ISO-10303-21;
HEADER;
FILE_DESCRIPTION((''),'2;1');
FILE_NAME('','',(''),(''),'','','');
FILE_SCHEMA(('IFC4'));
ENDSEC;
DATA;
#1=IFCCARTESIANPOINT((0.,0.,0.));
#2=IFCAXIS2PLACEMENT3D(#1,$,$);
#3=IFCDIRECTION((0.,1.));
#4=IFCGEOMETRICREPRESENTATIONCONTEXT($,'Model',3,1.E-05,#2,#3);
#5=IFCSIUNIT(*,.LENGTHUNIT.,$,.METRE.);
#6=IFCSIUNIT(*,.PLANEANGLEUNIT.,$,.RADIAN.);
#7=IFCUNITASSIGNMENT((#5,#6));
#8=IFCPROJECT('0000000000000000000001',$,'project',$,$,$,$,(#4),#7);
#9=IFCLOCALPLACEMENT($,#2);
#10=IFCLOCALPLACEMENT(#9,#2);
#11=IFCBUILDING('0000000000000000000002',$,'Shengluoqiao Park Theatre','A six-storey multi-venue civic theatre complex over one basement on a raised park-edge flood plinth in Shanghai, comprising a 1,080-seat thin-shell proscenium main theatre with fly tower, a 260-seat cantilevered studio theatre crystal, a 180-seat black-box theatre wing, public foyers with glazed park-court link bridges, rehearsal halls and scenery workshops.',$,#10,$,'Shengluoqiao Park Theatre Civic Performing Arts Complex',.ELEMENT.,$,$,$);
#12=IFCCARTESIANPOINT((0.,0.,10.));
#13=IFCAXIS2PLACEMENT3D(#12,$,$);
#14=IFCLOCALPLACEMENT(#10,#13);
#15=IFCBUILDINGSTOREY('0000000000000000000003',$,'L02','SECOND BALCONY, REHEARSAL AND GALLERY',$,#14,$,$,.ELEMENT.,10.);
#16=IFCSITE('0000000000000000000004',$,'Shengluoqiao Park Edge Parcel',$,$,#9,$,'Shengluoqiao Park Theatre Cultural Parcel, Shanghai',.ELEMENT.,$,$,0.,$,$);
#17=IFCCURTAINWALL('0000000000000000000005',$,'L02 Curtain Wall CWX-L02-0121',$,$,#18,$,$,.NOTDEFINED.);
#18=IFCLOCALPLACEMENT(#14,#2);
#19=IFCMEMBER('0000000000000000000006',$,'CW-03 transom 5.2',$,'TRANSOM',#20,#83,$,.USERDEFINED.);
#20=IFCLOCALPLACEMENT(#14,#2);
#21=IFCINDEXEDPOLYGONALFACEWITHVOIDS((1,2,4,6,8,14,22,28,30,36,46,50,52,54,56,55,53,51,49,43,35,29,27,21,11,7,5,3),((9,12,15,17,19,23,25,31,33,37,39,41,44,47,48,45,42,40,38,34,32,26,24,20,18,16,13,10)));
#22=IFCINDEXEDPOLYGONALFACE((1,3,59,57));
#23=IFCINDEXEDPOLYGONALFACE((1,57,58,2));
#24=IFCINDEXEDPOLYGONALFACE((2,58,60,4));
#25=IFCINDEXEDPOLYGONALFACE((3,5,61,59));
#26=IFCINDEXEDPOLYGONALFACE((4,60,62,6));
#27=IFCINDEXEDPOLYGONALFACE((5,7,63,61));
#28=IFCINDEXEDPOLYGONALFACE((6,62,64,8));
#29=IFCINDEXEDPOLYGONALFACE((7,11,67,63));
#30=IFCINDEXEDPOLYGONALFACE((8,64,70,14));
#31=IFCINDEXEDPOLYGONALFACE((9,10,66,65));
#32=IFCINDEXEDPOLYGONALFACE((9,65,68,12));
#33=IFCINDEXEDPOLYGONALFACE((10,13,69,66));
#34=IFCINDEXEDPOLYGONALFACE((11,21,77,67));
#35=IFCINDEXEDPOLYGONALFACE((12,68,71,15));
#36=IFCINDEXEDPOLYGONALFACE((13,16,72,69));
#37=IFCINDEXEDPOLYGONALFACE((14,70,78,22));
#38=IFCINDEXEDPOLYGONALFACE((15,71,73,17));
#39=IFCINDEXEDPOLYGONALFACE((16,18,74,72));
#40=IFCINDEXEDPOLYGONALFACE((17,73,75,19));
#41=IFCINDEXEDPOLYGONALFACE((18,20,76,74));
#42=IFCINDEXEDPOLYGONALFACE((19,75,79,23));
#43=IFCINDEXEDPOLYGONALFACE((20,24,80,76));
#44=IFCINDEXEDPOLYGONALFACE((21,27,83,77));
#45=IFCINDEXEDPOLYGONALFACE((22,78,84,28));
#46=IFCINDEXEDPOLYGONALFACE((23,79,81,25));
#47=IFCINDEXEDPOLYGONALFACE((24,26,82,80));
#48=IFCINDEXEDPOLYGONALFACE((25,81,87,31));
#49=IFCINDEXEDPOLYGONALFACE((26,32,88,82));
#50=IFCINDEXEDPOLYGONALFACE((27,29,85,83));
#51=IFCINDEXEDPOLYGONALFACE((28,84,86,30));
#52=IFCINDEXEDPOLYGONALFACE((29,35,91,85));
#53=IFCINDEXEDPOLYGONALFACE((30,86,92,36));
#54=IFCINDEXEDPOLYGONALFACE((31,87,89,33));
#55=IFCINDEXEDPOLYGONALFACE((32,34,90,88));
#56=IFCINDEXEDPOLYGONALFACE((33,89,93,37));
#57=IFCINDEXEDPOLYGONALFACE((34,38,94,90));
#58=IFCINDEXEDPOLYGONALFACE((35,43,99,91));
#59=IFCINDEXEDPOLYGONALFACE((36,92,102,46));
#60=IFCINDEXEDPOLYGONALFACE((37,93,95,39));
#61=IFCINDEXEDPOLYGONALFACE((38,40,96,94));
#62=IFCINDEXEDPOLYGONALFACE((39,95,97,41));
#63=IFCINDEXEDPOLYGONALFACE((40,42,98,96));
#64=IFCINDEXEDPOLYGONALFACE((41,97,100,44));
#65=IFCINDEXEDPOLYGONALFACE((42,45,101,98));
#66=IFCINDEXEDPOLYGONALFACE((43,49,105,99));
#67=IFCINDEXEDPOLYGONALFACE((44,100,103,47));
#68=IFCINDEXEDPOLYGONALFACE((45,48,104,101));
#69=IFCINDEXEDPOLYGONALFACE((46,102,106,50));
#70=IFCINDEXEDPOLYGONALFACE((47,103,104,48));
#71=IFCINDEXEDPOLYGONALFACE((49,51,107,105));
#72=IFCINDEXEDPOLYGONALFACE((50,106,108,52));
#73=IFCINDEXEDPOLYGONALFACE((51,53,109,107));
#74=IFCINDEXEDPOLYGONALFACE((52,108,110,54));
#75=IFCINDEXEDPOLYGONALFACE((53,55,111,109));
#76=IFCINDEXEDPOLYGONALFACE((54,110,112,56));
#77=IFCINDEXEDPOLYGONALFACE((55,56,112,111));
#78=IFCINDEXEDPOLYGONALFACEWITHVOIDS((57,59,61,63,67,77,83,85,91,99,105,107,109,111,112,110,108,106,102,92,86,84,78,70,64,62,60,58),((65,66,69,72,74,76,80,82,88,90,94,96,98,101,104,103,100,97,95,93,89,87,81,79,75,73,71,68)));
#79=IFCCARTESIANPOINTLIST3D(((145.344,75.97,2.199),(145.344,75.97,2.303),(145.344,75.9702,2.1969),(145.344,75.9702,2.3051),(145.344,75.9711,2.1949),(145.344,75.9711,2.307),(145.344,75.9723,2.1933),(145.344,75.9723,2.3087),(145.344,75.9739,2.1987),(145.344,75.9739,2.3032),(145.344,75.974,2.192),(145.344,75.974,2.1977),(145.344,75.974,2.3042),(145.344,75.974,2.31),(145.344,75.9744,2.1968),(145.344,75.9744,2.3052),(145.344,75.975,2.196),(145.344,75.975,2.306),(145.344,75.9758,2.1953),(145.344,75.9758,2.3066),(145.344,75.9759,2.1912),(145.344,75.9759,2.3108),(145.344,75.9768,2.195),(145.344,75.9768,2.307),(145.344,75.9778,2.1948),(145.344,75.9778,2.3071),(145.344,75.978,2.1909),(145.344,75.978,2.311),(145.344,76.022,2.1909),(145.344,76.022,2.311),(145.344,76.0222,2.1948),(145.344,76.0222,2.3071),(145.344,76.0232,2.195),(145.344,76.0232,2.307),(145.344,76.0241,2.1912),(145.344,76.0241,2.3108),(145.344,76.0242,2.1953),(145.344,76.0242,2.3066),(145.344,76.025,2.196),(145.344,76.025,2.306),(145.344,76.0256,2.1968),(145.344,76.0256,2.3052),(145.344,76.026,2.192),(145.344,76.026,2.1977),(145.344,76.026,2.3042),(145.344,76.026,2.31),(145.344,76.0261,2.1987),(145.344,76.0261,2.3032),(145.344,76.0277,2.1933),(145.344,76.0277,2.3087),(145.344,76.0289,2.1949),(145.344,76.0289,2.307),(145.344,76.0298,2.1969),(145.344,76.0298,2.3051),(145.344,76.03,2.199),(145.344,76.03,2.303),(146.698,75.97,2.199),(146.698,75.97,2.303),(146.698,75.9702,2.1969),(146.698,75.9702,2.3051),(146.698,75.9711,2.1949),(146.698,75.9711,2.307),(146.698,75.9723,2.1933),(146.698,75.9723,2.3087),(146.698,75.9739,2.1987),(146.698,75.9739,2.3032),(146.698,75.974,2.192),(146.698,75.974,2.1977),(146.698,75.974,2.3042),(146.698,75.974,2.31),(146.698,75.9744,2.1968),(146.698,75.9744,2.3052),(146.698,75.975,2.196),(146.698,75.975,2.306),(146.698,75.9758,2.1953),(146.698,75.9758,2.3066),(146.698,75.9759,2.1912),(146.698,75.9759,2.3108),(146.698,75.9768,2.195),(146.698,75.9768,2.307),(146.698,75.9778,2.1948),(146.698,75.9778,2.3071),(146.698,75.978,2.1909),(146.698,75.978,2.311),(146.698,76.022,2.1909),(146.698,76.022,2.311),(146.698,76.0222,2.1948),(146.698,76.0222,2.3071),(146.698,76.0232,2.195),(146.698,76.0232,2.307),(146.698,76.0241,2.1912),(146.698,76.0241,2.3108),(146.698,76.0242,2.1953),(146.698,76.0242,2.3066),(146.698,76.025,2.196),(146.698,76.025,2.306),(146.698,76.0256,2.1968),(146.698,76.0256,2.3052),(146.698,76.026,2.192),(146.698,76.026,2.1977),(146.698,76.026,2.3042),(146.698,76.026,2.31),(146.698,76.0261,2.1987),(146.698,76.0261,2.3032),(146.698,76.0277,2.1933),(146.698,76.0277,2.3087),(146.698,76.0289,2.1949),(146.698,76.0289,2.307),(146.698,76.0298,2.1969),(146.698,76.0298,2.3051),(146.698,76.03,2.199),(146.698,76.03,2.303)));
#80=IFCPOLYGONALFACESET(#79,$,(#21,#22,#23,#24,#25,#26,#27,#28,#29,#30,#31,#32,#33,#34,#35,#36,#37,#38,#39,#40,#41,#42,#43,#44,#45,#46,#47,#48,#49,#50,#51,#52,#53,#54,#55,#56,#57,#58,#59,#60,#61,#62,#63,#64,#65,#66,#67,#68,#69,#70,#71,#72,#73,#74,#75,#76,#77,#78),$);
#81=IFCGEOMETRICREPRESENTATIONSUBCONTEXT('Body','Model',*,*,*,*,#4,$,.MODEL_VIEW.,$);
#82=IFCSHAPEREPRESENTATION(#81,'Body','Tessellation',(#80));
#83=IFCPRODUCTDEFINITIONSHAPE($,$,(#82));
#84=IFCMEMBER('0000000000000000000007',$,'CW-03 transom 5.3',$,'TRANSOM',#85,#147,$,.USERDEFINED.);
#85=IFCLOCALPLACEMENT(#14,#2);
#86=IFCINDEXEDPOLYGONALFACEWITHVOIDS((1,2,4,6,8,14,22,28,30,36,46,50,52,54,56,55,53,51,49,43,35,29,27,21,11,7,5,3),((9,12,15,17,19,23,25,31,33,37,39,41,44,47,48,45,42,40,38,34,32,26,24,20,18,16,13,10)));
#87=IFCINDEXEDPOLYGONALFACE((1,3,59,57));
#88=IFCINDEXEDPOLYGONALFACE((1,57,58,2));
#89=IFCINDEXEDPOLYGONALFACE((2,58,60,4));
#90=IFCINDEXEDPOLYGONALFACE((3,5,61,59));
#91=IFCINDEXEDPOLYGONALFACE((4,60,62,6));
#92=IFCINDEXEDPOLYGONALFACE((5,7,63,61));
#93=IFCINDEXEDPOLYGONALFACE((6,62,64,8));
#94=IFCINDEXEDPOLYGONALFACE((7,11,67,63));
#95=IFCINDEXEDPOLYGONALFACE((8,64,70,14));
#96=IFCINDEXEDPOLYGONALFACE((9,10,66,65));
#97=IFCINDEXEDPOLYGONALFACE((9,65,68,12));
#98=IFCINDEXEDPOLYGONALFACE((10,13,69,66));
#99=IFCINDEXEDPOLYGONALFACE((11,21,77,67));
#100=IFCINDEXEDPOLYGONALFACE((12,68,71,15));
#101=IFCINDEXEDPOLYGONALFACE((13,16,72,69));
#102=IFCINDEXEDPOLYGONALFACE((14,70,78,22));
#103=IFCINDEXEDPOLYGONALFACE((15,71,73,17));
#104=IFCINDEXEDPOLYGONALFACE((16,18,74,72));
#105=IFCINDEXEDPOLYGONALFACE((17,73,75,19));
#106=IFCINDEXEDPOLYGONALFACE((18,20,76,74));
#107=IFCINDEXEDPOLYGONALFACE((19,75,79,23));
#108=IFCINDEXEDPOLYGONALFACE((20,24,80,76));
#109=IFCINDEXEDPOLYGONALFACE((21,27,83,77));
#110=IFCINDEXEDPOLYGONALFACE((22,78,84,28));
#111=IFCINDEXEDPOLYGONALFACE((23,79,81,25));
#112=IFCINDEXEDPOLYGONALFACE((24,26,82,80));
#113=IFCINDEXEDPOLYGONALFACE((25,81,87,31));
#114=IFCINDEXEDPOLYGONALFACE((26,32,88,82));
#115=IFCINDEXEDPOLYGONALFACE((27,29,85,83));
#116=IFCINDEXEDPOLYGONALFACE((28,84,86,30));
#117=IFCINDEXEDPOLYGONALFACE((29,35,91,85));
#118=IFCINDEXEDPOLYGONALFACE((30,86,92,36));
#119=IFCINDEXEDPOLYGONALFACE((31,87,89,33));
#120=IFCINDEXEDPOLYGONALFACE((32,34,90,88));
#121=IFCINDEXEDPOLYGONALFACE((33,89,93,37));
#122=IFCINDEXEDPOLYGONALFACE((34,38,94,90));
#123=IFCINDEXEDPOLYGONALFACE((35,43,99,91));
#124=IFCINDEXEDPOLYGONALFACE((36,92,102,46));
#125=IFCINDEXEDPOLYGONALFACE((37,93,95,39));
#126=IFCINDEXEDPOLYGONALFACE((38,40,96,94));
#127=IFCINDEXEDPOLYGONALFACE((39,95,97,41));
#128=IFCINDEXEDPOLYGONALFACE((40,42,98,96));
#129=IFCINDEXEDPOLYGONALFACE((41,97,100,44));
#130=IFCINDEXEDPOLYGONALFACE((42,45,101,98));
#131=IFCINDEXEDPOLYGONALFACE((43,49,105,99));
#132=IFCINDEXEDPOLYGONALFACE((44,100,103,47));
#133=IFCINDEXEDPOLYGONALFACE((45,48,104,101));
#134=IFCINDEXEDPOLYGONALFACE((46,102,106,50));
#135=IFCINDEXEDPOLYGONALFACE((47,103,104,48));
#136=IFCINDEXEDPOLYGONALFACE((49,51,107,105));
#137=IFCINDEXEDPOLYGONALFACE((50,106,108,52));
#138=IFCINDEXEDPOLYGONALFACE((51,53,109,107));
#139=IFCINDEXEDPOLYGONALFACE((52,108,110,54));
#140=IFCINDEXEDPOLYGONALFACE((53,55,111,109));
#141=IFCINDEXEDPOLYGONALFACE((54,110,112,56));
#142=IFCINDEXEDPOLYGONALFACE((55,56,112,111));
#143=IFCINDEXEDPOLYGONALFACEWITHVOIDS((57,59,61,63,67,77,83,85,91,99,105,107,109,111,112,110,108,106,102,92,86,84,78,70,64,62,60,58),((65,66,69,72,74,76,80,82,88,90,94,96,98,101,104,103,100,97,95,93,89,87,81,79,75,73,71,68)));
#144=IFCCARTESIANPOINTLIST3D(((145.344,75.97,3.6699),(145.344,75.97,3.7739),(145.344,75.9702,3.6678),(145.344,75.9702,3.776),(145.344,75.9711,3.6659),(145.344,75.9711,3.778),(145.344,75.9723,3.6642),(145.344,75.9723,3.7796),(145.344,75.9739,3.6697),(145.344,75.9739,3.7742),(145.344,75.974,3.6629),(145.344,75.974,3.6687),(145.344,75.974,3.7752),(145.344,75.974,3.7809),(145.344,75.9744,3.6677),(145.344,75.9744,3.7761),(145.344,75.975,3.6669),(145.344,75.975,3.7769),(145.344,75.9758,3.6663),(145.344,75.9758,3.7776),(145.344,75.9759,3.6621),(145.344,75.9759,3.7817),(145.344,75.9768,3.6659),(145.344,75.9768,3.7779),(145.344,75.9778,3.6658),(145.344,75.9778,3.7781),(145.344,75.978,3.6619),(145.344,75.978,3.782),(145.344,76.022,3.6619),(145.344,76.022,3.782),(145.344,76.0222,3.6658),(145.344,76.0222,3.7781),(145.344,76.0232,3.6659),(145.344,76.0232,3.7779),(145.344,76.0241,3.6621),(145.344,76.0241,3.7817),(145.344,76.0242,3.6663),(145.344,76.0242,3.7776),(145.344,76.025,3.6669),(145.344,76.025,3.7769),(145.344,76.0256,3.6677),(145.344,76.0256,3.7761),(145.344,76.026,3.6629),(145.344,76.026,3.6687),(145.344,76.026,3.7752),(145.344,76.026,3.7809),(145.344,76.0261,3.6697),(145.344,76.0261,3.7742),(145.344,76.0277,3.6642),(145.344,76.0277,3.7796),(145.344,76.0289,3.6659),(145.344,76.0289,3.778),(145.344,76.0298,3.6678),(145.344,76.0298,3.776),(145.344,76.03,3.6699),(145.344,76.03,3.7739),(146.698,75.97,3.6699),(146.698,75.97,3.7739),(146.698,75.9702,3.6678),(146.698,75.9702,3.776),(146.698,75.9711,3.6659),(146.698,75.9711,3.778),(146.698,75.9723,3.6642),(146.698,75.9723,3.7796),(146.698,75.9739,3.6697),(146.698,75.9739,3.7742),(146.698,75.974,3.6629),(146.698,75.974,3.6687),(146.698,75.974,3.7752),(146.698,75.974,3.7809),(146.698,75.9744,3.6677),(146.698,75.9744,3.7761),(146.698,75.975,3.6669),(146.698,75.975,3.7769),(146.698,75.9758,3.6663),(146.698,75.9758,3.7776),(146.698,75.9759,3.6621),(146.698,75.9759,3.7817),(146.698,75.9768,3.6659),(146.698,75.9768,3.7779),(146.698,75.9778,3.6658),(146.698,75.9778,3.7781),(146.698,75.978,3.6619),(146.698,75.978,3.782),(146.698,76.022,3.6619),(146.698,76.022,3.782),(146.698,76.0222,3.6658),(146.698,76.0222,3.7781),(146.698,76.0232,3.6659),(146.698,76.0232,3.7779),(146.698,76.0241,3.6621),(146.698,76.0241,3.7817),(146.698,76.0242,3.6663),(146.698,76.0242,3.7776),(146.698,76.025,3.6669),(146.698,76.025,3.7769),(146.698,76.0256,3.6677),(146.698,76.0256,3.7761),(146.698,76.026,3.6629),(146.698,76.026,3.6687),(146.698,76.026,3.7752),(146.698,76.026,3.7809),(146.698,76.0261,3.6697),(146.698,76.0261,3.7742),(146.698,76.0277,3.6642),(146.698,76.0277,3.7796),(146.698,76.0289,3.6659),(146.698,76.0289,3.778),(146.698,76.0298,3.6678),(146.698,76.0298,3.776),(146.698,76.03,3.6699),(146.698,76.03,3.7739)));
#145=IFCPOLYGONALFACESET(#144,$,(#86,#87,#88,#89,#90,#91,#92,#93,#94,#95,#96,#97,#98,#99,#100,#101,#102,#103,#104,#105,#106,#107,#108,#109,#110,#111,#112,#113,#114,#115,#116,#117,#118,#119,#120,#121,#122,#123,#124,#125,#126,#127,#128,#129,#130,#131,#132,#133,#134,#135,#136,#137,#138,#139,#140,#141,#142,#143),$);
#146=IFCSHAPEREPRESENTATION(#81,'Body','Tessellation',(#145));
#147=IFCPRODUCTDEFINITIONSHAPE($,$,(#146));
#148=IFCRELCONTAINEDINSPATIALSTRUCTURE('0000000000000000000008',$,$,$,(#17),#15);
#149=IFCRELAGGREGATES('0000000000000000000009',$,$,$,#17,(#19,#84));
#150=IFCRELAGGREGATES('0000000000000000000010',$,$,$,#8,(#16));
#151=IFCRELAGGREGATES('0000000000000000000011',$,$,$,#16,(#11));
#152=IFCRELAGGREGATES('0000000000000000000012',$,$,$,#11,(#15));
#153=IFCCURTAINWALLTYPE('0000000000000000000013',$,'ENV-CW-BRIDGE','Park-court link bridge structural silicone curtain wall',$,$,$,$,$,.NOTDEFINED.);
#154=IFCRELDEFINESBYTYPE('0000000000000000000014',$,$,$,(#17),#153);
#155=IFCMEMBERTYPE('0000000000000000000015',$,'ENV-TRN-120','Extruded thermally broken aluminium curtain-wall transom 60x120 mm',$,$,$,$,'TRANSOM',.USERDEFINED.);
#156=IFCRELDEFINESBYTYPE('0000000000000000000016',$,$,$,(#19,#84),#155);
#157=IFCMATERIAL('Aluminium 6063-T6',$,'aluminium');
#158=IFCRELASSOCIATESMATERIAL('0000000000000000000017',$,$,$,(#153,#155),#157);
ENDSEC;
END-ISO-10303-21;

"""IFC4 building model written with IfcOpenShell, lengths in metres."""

from ifc_helpers import new_model, si_unit, direction, frame, origin, origin_2d, place, context, subcontext, project, spatial, hollow_rectangle, extrude, material, material_profile, profile_set, type_object, element, aggregate, save


model = new_model("IFC4")

# Units and contexts
model_context = context("Model", 3, precision=1e-05, world=origin(), true_north=direction((0.0, 1.0)))
body_context = subcontext(model_context, "Body", "Model", "MODEL_VIEW")
ifc_project = project(units=[si_unit("LENGTHUNIT", "METRE"), si_unit("PLANEANGLEUNIT", "RADIAN")], contexts=[model_context])

# Site, building, storey
site_placement = place(None, origin())
site = spatial("IfcSite", under=ifc_project, at=site_placement, Name="Shengluoqiao Park Edge Parcel", LongName="Shengluoqiao Park Theatre Cultural Parcel, Shanghai", CompositionType="ELEMENT", RefElevation=0.0)
building_placement = place(site_placement, origin())
building = spatial("IfcBuilding", under=site, at=building_placement, Name="Shengluoqiao Park Theatre", Description="A six-storey multi-venue civic theatre complex over one basement on a raised park-edge flood plinth in Shanghai, comprising a 1,080-seat thin-shell proscenium main theatre with fly tower, a 260-seat cantilevered studio theatre crystal, a 180-seat black-box theatre wing, public foyers with glazed park-court link bridges, rehearsal halls and scenery workshops.", LongName="Shengluoqiao Park Theatre Civic Performing Arts Complex", CompositionType="ELEMENT")
storey_placement = place(building_placement, frame((0.0, 0.0, 10.0)))
storey = spatial("IfcBuildingStorey", under=building, at=storey_placement, Name="L02", Description="SECOND BALCONY, REHEARSAL AND GALLERY", CompositionType="ELEMENT", Elevation=10.0)

# Curtain wall
ifc_material_1 = material(Name="Aluminium 6063-T6", Category="aluminium")
curtain_wall_type = type_object("IfcCurtainWallType", Name="ENV-CW-BRIDGE", Description="Park-court link bridge structural silicone curtain wall", PredefinedType="NOTDEFINED", material=ifc_material_1)
curtain_wall_1_placement = place(storey_placement, origin())
curtain_wall_1 = element("IfcCurtainWall", 1, at=curtain_wall_1_placement, inside=storey, type_object=curtain_wall_type, Name="L02 Curtain Wall CWX-L02-0121", PredefinedType="NOTDEFINED")

# Members
ifc_material_profile_1 = material_profile(ifc_material_1, hollow_rectangle(XDim=0.0601, YDim=0.1201, WallThickness=0.0039, InnerFilletRadius=0.0039, OuterFilletRadius=0.0081, at=origin_2d()), Name="ALU TRANSOM 120x60x4")
ifc_profile_set_1 = profile_set([ifc_material_profile_1], Name="Aluminium 6063-T6")
member_type_1 = type_object("IfcMemberType", Name="ENV-TRN-120", Description="Extruded thermally broken aluminium curtain-wall transom 60x120 mm", ElementType="TRANSOM", PredefinedType="USERDEFINED", material=ifc_profile_set_1)
member_1_placement = place(storey_placement, frame((145.344, 76.0, 2.251), z_axis=(1.0, 0.0, 0.0), x_axis=(0.0, 1.0, 0.0)))
member_1 = element("IfcMember", 2, at=member_1_placement, type_object=member_type_1, Name="CW-03 transom 5.2", ObjectType="TRANSOM", PredefinedType="USERDEFINED", context=body_context, shape_type="SweptSolid", body=[
    extrude(hollow_rectangle(XDim=0.0601, YDim=0.1201, WallThickness=0.0039, InnerFilletRadius=0.0039, OuterFilletRadius=0.0081, at=origin_2d()), origin(), (0.0, 0.0, 1.0), 1.354),
])
member_2_placement = place(storey_placement, frame((145.344, 76.0, 3.7219), z_axis=(1.0, 0.0, 0.0), x_axis=(0.0, 1.0, 0.0)))
member_2 = element("IfcMember", 3, at=member_2_placement, type_object=member_type_1, Name="CW-03 transom 5.3", ObjectType="TRANSOM", PredefinedType="USERDEFINED", context=body_context, shape_type="SweptSolid", body=[
    extrude(hollow_rectangle(XDim=0.0601, YDim=0.1201, WallThickness=0.0039, InnerFilletRadius=0.0039, OuterFilletRadius=0.0081, at=origin_2d()), origin(), (0.0, 0.0, 1.0), 1.354),
])

aggregate(curtain_wall_1, [member_1, member_2])

save(model, "model.ifc")
